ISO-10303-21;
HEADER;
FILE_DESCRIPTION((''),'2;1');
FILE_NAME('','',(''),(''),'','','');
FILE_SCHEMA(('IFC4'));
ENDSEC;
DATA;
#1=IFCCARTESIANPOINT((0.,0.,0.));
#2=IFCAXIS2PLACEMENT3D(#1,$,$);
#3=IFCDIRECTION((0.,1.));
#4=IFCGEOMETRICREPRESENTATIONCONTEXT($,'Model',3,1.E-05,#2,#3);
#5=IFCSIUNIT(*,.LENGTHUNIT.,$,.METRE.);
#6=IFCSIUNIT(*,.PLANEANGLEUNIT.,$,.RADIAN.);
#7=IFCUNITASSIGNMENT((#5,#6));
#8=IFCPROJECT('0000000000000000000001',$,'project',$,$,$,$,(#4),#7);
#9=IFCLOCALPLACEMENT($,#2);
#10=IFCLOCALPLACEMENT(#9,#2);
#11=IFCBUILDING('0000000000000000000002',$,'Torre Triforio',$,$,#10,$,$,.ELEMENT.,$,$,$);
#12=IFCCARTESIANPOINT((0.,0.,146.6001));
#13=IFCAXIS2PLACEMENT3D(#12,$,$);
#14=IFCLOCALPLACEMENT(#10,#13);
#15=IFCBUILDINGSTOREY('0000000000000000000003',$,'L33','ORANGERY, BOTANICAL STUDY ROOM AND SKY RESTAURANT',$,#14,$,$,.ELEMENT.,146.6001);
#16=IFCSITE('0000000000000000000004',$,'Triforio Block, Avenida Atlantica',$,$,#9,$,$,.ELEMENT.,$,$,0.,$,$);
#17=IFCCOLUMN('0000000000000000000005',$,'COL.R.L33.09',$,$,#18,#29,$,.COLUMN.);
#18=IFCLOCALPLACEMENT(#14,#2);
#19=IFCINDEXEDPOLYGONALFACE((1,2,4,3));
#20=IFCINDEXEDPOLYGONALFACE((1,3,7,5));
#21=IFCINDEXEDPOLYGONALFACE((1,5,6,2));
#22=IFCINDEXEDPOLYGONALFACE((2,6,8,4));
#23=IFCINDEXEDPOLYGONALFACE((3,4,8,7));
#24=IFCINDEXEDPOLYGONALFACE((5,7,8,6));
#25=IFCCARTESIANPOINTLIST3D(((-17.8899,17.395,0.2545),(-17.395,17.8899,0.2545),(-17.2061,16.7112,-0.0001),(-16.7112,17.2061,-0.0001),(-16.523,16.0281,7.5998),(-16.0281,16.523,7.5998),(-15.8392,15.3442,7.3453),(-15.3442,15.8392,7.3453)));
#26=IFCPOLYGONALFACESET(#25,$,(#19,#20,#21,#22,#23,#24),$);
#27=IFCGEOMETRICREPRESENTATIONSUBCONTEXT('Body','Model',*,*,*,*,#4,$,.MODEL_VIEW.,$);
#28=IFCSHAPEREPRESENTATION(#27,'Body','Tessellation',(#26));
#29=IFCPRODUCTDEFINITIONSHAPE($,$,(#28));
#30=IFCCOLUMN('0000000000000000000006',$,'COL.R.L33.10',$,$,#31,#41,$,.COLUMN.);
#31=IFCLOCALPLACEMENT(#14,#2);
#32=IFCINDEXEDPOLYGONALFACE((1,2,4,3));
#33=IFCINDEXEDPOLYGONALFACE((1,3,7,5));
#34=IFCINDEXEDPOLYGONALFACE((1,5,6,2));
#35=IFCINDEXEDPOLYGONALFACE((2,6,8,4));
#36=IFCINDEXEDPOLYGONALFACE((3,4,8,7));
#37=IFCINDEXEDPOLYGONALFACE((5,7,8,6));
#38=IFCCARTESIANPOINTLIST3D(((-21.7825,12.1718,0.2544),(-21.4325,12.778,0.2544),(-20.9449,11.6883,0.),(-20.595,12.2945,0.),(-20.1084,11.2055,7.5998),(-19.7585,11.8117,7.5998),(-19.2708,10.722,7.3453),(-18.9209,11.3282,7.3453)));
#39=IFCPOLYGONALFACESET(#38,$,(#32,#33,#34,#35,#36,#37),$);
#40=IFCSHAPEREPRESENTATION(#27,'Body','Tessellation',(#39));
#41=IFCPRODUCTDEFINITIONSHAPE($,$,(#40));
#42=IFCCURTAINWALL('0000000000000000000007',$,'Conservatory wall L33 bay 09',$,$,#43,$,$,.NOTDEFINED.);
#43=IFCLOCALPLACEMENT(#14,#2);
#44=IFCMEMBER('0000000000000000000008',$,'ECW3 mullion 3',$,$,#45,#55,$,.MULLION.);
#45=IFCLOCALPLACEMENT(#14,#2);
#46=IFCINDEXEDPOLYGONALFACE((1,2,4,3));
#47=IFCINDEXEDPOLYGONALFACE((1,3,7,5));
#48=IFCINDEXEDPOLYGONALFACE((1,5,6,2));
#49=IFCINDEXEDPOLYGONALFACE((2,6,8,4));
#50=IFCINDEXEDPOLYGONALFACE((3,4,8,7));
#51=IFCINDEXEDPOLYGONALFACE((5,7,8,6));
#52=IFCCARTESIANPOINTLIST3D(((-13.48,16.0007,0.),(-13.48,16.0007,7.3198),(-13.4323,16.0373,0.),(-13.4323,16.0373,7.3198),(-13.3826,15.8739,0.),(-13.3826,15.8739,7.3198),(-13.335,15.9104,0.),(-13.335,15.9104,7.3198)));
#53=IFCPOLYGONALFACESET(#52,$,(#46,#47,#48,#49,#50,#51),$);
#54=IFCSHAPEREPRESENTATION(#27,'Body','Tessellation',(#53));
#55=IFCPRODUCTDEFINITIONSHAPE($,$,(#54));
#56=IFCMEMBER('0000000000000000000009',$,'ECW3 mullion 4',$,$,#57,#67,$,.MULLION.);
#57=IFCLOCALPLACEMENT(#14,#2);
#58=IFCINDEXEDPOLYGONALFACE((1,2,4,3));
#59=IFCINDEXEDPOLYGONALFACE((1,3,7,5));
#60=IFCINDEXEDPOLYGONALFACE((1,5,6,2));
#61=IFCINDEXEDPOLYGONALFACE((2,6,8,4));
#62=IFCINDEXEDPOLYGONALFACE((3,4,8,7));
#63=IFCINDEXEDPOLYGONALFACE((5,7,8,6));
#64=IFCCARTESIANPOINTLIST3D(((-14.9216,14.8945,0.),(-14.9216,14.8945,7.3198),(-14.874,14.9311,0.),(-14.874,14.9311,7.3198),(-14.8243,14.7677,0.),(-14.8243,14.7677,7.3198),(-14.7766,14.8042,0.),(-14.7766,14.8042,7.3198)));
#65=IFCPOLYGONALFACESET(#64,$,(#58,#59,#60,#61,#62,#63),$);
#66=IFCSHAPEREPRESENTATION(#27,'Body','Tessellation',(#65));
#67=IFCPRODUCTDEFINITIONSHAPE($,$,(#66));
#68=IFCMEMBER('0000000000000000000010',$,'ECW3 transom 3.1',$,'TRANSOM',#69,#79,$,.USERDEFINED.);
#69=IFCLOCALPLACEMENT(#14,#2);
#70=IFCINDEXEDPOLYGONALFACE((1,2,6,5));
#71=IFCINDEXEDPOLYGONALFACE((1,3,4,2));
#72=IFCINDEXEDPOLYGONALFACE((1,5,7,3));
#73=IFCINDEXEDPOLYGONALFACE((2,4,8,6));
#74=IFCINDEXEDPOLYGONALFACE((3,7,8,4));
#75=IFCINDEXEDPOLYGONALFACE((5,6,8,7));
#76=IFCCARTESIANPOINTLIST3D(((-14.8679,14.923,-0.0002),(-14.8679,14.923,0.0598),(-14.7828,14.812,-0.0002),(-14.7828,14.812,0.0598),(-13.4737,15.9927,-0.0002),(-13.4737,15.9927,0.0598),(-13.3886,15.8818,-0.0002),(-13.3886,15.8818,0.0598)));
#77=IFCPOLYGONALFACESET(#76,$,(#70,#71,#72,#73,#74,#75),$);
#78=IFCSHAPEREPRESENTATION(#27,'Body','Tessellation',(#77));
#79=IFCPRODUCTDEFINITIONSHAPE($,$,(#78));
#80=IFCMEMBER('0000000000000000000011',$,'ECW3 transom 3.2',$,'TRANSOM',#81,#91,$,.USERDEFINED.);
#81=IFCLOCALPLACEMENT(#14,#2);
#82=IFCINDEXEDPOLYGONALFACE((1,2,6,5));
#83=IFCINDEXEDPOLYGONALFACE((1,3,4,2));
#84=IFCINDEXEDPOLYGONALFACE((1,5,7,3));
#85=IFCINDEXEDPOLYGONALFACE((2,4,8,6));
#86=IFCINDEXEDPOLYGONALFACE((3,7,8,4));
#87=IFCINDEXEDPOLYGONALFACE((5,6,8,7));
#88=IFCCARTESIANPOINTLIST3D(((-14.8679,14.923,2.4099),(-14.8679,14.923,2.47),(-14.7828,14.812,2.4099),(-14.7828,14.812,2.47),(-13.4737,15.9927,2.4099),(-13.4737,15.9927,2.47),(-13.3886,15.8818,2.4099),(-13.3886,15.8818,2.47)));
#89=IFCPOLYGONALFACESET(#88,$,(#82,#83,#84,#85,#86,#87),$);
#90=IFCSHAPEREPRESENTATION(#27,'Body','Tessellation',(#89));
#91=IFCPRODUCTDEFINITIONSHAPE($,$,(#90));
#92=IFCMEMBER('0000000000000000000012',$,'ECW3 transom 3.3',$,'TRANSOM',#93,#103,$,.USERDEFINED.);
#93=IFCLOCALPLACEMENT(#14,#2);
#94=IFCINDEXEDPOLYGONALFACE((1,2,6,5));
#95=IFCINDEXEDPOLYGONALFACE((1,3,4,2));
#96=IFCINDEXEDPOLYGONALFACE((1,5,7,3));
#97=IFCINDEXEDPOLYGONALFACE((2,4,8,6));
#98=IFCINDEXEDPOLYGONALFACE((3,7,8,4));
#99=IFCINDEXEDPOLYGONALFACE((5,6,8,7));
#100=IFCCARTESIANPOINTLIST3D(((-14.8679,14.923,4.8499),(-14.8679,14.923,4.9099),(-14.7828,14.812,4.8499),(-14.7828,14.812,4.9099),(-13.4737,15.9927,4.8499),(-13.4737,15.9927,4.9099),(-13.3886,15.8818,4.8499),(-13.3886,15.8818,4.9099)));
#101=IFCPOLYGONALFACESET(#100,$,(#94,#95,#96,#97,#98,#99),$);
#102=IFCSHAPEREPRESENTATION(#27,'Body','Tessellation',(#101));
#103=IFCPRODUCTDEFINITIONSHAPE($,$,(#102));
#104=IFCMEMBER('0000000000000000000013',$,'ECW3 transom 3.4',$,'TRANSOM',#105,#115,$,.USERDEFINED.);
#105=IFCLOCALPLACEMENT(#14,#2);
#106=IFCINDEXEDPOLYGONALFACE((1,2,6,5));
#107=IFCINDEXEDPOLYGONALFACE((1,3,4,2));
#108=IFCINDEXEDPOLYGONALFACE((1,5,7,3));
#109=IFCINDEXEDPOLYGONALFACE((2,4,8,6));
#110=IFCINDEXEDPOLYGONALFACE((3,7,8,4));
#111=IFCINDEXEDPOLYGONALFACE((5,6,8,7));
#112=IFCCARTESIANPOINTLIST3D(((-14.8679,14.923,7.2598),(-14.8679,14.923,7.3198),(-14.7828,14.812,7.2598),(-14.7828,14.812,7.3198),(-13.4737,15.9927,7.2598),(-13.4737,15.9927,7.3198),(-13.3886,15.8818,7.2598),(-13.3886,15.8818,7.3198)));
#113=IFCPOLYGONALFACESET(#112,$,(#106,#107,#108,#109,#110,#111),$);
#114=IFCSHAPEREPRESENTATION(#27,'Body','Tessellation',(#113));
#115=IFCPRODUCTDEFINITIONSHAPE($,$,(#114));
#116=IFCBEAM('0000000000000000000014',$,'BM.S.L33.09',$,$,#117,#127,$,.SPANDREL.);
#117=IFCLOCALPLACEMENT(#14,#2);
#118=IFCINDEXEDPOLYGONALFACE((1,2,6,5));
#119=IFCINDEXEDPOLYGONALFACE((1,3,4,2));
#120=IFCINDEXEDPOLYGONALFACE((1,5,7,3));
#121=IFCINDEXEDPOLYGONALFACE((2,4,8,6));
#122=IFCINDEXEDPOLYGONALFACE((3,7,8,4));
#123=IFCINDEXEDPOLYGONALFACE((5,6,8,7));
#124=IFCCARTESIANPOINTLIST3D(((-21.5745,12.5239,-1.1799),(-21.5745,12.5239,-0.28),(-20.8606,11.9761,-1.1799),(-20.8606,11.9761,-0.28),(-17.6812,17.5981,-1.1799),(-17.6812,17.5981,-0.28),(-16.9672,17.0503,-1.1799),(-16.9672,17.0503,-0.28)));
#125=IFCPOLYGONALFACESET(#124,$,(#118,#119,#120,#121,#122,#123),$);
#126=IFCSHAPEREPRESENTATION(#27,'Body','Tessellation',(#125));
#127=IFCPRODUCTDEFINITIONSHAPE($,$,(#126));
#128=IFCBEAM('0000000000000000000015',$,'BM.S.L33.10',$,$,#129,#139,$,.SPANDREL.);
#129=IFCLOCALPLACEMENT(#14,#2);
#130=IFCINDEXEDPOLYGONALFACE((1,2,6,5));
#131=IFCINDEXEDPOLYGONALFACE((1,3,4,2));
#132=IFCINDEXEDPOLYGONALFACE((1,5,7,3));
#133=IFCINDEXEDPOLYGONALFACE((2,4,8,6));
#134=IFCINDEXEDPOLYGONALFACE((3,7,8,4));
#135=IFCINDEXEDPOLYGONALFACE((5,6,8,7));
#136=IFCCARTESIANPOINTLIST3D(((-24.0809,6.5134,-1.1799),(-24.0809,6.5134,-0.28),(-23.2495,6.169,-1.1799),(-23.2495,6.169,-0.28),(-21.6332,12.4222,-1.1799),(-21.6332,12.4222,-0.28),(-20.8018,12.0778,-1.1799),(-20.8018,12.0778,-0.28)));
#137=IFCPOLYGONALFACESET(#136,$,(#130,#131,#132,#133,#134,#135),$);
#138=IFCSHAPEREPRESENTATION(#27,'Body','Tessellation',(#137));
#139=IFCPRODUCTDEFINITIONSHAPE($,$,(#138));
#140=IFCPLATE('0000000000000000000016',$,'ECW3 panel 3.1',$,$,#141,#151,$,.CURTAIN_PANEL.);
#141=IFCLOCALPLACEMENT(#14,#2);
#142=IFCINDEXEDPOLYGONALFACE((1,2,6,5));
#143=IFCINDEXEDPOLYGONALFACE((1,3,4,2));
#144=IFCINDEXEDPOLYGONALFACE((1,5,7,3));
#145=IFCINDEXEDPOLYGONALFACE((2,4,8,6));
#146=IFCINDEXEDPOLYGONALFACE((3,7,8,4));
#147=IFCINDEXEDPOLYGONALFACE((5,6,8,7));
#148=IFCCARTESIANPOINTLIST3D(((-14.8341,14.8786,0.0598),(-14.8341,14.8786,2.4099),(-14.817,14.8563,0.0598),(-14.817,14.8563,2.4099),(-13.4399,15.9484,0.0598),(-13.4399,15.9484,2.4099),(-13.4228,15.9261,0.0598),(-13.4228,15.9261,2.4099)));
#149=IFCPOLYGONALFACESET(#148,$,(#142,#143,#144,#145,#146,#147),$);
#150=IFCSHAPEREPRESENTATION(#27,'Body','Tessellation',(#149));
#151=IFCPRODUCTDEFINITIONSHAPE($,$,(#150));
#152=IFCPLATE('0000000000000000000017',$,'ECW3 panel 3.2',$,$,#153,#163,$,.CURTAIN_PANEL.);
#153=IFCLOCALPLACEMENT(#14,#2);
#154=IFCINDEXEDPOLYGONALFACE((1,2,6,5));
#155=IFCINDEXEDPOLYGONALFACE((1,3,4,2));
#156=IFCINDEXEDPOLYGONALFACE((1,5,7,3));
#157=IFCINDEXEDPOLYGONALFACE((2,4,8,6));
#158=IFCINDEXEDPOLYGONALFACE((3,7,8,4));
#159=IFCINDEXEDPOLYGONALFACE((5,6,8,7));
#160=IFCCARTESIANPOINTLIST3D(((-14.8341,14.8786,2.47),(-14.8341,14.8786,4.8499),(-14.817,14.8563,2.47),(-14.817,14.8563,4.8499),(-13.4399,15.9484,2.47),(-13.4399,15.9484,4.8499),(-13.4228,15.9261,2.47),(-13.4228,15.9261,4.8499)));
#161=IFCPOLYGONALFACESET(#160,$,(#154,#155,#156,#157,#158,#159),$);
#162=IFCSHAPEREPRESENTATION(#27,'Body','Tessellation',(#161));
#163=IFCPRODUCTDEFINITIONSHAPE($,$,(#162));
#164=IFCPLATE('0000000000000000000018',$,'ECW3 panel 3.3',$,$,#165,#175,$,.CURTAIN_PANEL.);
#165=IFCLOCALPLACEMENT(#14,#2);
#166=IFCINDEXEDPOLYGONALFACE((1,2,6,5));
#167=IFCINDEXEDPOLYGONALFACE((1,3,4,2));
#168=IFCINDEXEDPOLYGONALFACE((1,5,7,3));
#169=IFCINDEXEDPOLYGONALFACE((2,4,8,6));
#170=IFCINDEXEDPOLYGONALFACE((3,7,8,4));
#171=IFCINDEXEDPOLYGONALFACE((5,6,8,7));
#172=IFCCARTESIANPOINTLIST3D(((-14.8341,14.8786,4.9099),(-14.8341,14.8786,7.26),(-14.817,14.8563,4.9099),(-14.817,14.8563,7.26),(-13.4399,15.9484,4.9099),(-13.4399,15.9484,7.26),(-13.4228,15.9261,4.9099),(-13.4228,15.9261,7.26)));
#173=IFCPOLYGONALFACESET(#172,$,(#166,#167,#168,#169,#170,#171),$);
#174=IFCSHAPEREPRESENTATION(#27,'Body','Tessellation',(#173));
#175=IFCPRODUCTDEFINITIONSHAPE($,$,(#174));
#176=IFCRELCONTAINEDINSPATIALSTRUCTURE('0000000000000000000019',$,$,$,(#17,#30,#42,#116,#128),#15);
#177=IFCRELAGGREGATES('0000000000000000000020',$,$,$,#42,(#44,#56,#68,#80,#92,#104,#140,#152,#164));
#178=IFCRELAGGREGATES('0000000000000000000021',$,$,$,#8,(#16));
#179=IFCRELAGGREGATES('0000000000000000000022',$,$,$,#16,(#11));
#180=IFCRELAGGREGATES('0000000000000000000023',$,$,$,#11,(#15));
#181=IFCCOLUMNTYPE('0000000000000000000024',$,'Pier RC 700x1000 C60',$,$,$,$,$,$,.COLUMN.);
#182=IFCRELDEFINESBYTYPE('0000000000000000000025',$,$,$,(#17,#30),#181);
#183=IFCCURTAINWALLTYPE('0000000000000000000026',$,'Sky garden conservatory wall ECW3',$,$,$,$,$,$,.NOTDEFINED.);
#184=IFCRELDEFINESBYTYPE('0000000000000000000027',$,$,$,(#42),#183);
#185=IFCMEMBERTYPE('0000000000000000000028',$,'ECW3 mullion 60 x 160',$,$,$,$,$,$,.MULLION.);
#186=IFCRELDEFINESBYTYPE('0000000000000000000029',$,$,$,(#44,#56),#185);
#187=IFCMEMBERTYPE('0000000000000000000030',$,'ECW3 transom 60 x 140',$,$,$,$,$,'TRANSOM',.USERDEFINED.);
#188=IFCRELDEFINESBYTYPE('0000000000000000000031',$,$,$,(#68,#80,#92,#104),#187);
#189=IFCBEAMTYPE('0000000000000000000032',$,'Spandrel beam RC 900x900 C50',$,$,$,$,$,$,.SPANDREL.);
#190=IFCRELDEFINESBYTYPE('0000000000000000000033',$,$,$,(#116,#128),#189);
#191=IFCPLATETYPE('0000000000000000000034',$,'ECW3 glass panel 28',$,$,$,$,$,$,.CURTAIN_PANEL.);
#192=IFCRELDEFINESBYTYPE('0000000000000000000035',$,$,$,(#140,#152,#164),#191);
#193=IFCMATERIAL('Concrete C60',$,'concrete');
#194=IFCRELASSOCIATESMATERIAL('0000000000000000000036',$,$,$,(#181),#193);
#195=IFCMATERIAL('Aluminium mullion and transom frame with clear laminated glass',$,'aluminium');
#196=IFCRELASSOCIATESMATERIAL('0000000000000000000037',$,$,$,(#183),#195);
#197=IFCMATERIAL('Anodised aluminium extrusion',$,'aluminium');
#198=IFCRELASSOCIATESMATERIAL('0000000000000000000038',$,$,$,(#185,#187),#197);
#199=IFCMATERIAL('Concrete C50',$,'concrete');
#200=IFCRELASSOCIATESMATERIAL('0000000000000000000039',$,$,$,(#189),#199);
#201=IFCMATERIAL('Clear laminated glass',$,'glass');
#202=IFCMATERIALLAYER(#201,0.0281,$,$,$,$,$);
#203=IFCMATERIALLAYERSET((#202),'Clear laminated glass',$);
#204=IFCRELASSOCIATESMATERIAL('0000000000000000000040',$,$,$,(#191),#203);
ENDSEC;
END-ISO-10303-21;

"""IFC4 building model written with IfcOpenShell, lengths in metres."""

from ifc_helpers import new_model, si_unit, direction, frame, origin, origin_2d, place, context, subcontext, project, spatial, rectangle, extrude, material, layer, layer_set, material_profile, profile_set, type_object, element, aggregate, save


model = new_model("IFC4")

# Units and contexts
model_context = context("Model", 3, precision=1e-05, world=origin(), true_north=direction((0.0, 1.0)))
body_context = subcontext(model_context, "Body", "Model", "MODEL_VIEW")
ifc_project = project(units=[si_unit("LENGTHUNIT", "METRE"), si_unit("PLANEANGLEUNIT", "RADIAN")], contexts=[model_context])

# Site, building, storey
site_placement = place(None, origin())
site = spatial("IfcSite", under=ifc_project, at=site_placement, Name="Triforio Block, Avenida Atlantica", CompositionType="ELEMENT", RefElevation=0.0)
building_placement = place(site_placement, origin())
building = spatial("IfcBuilding", under=site, at=building_placement, Name="Torre Triforio", CompositionType="ELEMENT")
storey_placement = place(building_placement, frame((0.0, 0.0, 146.6001)))
storey = spatial("IfcBuildingStorey", under=building, at=storey_placement, Name="L33", Description="ORANGERY, BOTANICAL STUDY ROOM AND SKY RESTAURANT", CompositionType="ELEMENT", Elevation=146.6001)

# Columns
ifc_material_1 = material(Name="Concrete C60", Category="concrete")
ifc_material_profile_1 = material_profile(ifc_material_1, rectangle(XDim=0.7, YDim=1.0, at=origin_2d()), Name="RC 700x1000")
ifc_profile_set_1 = profile_set([ifc_material_profile_1], Name="Concrete C60")
column_type = type_object("IfcColumnType", Name="Pier RC 700x1000 C60", PredefinedType="COLUMN", material=ifc_profile_set_1)
for number, where, z_axis, x_axis, name in (
    (1, (-17.3005, 17.3005, 0.1272), (0.179966, -0.179966, 0.96707), (0.707107, 0.707107, 0.0), "COL.R.L33.09"),
    (2, (-21.1887, 12.2332, 0.1272), (0.220402, -0.127221, 0.967077), (0.499916, 0.866074, 0.0), "COL.R.L33.10"),
):
    element("IfcColumn", number, at=place(storey_placement, frame(where, z_axis=z_axis, x_axis=x_axis)), inside=storey, type_object=column_type, Name=name, PredefinedType="COLUMN", context=body_context, shape_type="SweptSolid", body=[
        extrude(rectangle(XDim=0.7, YDim=1.0, at=origin_2d()), origin(), (0.0, 0.0, 1.0), 7.5955),
    ])

# Curtain wall, members
ifc_material_2 = material(Name="Aluminium mullion and transom frame with clear laminated glass", Category="aluminium")
curtain_wall_type = type_object("IfcCurtainWallType", Name="Sky garden conservatory wall ECW3", PredefinedType="NOTDEFINED", material=ifc_material_2)
curtain_wall_placement = place(storey_placement, origin())
curtain_wall = element("IfcCurtainWall", 3, at=curtain_wall_placement, inside=storey, type_object=curtain_wall_type, Name="Conservatory wall L33 bay 09", PredefinedType="NOTDEFINED")
ifc_material_3 = material(Name="Anodised aluminium extrusion", Category="aluminium")
ifc_material_profile_2 = material_profile(ifc_material_3, rectangle(XDim=0.1599, YDim=0.0601, at=origin_2d()), Name="ECW3 MULLION 60x160")
ifc_profile_set_2 = profile_set([ifc_material_profile_2], Name="Anodised aluminium extrusion")
member_type_1 = type_object("IfcMemberType", Name="ECW3 mullion 60 x 160", PredefinedType="MULLION", material=ifc_profile_set_2)
member_1_placement = place(storey_placement, frame((-13.4075, 15.9556, 0.0), z_axis=(0.0, 0.0, 1.0), x_axis=(0.608763, -0.793352, 0.0)))
member_1 = element("IfcMember", 4, at=member_1_placement, type_object=member_type_1, Name="ECW3 mullion 3", PredefinedType="MULLION", context=body_context, shape_type="SweptSolid", body=[
    extrude(rectangle(XDim=0.1599, YDim=0.0601, at=origin_2d()), origin(), (0.0, 0.0, 1.0), 7.3198),
])
member_2_placement = place(storey_placement, frame((-14.8491, 14.8494, 0.0), z_axis=(0.0, 0.0, 1.0), x_axis=(0.608763, -0.793352, 0.0)))
member_2 = element("IfcMember", 5, at=member_2_placement, type_object=member_type_1, Name="ECW3 mullion 4", PredefinedType="MULLION", context=body_context, shape_type="SweptSolid", body=[
    extrude(rectangle(XDim=0.1599, YDim=0.0601, at=origin_2d()), origin(), (0.0, 0.0, 1.0), 7.3198),
])
ifc_material_profile_3 = material_profile(ifc_material_3, rectangle(XDim=0.1399, YDim=0.0601, at=origin_2d()), Name="ECW3 TRANSOM 60x140")
ifc_profile_set_3 = profile_set([ifc_material_profile_3], Name="Anodised aluminium extrusion")
member_type_2 = type_object("IfcMemberType", Name="ECW3 transom 60 x 140", ElementType="TRANSOM", PredefinedType="USERDEFINED", material=ifc_profile_set_3)
member_3_placement = place(storey_placement, frame((-13.4312, 15.9373, 0.0298), z_axis=(-0.793367, -0.608744, 0.0), x_axis=(0.608744, -0.793367, 0.0)))
member_3 = element("IfcMember", 6, at=member_3_placement, type_object=member_type_2, Name="ECW3 transom 3.1", ObjectType="TRANSOM", PredefinedType="USERDEFINED", context=body_context, shape_type="SweptSolid", body=[
    extrude(rectangle(XDim=0.1399, YDim=0.0601, at=origin_2d()), origin(), (0.0, 0.0, 1.0), 1.7573),
])
member_4_placement = place(storey_placement, frame((-13.4312, 15.9373, 2.4399), z_axis=(-0.793367, -0.608744, 0.0), x_axis=(0.608744, -0.793367, 0.0)))
member_4 = element("IfcMember", 7, at=member_4_placement, type_object=member_type_2, Name="ECW3 transom 3.2", ObjectType="TRANSOM", PredefinedType="USERDEFINED", context=body_context, shape_type="SweptSolid", body=[
    extrude(rectangle(XDim=0.1399, YDim=0.0601, at=origin_2d()), origin(), (0.0, 0.0, 1.0), 1.7573),
])
member_5_placement = place(storey_placement, frame((-13.4312, 15.9373, 4.8799), z_axis=(-0.793367, -0.608744, 0.0), x_axis=(0.608744, -0.793367, 0.0)))
member_5 = element("IfcMember", 8, at=member_5_placement, type_object=member_type_2, Name="ECW3 transom 3.3", ObjectType="TRANSOM", PredefinedType="USERDEFINED", context=body_context, shape_type="SweptSolid", body=[
    extrude(rectangle(XDim=0.1399, YDim=0.0601, at=origin_2d()), origin(), (0.0, 0.0, 1.0), 1.7573),
])
member_6_placement = place(storey_placement, frame((-13.4312, 15.9373, 7.2898), z_axis=(-0.793367, -0.608744, 0.0), x_axis=(0.608744, -0.793367, 0.0)))
member_6 = element("IfcMember", 9, at=member_6_placement, type_object=member_type_2, Name="ECW3 transom 3.4", ObjectType="TRANSOM", PredefinedType="USERDEFINED", context=body_context, shape_type="SweptSolid", body=[
    extrude(rectangle(XDim=0.1399, YDim=0.0601, at=origin_2d()), origin(), (0.0, 0.0, 1.0), 1.7573),
])

# Beams
ifc_material_4 = material(Name="Concrete C50", Category="concrete")
ifc_material_profile_4 = material_profile(ifc_material_4, rectangle(XDim=0.8999, YDim=0.8999, at=origin_2d()), Name="RC 900x900")
ifc_profile_set_4 = profile_set([ifc_material_profile_4], Name="Concrete C50")
beam_type = type_object("IfcBeamType", Name="Spandrel beam RC 900x900 C50", PredefinedType="SPANDREL", material=ifc_profile_set_4)
for number, where, z_axis, x_axis, name in (
    (10, (-17.3242, 17.3242, -0.73), (-0.608734, -0.793374, 0.0), (0.793374, -0.608734, 0.0), "BM.S.L33.09"),
    (11, (-21.2175, 12.25, -0.73), (-0.382709, -0.923869, 0.0), (0.923869, -0.382709, 0.0), "BM.S.L33.10"),
):
    element("IfcBeam", number, at=place(storey_placement, frame(where, z_axis=z_axis, x_axis=x_axis)), inside=storey, type_object=beam_type, Name=name, PredefinedType="SPANDREL", context=body_context, shape_type="SweptSolid", body=[
        extrude(rectangle(XDim=0.8999, YDim=0.8999, at=origin_2d()), origin(), (0.0, 0.0, 1.0), 6.3958),
    ])

# Plates
ifc_material_5 = material(Name="Clear laminated glass", Category="glass")
ifc_layer_1 = layer(ifc_material_5, 0.0281)
ifc_layer_set_1 = layer_set([ifc_layer_1], Name="Clear laminated glass")
plate_type = type_object("IfcPlateType", Name="ECW3 glass panel 28", PredefinedType="CURTAIN_PANEL", material=ifc_layer_set_1)
plate_1_placement = place(storey_placement, frame((-14.1284, 15.4023, 0.0598), z_axis=(0.0, 0.0, 1.0), x_axis=(-0.793352, -0.608763, 0.0)))
plate_1 = element("IfcPlate", 12, at=plate_1_placement, type_object=plate_type, Name="ECW3 panel 3.1", PredefinedType="CURTAIN_PANEL", context=body_context, shape_type="SweptSolid", body=[
    extrude(rectangle(XDim=1.7573, YDim=0.0281, at=origin_2d()), origin(), (0.0, 0.0, 1.0), 2.3501),
])
plate_2_placement = place(storey_placement, frame((-14.1284, 15.4023, 2.47), z_axis=(0.0, 0.0, 1.0), x_axis=(-0.793352, -0.608763, 0.0)))
plate_2 = element("IfcPlate", 13, at=plate_2_placement, type_object=plate_type, Name="ECW3 panel 3.2", PredefinedType="CURTAIN_PANEL", context=body_context, shape_type="SweptSolid", body=[
    extrude(rectangle(XDim=1.7573, YDim=0.0281, at=origin_2d()), origin(), (0.0, 0.0, 1.0), 2.3799),
])
plate_3_placement = place(storey_placement, frame((-14.1284, 15.4023, 4.9099), z_axis=(0.0, 0.0, 1.0), x_axis=(-0.793352, -0.608763, 0.0)))
plate_3 = element("IfcPlate", 14, at=plate_3_placement, type_object=plate_type, Name="ECW3 panel 3.3", PredefinedType="CURTAIN_PANEL", context=body_context, shape_type="SweptSolid", body=[
    extrude(rectangle(XDim=1.7573, YDim=0.0281, at=origin_2d()), origin(), (0.0, 0.0, 1.0), 2.3501),
])
aggregate(curtain_wall, [member_1, member_2, member_3, member_4, member_5, member_6, plate_1, plate_2, plate_3])

save(model, "model.ifc")
